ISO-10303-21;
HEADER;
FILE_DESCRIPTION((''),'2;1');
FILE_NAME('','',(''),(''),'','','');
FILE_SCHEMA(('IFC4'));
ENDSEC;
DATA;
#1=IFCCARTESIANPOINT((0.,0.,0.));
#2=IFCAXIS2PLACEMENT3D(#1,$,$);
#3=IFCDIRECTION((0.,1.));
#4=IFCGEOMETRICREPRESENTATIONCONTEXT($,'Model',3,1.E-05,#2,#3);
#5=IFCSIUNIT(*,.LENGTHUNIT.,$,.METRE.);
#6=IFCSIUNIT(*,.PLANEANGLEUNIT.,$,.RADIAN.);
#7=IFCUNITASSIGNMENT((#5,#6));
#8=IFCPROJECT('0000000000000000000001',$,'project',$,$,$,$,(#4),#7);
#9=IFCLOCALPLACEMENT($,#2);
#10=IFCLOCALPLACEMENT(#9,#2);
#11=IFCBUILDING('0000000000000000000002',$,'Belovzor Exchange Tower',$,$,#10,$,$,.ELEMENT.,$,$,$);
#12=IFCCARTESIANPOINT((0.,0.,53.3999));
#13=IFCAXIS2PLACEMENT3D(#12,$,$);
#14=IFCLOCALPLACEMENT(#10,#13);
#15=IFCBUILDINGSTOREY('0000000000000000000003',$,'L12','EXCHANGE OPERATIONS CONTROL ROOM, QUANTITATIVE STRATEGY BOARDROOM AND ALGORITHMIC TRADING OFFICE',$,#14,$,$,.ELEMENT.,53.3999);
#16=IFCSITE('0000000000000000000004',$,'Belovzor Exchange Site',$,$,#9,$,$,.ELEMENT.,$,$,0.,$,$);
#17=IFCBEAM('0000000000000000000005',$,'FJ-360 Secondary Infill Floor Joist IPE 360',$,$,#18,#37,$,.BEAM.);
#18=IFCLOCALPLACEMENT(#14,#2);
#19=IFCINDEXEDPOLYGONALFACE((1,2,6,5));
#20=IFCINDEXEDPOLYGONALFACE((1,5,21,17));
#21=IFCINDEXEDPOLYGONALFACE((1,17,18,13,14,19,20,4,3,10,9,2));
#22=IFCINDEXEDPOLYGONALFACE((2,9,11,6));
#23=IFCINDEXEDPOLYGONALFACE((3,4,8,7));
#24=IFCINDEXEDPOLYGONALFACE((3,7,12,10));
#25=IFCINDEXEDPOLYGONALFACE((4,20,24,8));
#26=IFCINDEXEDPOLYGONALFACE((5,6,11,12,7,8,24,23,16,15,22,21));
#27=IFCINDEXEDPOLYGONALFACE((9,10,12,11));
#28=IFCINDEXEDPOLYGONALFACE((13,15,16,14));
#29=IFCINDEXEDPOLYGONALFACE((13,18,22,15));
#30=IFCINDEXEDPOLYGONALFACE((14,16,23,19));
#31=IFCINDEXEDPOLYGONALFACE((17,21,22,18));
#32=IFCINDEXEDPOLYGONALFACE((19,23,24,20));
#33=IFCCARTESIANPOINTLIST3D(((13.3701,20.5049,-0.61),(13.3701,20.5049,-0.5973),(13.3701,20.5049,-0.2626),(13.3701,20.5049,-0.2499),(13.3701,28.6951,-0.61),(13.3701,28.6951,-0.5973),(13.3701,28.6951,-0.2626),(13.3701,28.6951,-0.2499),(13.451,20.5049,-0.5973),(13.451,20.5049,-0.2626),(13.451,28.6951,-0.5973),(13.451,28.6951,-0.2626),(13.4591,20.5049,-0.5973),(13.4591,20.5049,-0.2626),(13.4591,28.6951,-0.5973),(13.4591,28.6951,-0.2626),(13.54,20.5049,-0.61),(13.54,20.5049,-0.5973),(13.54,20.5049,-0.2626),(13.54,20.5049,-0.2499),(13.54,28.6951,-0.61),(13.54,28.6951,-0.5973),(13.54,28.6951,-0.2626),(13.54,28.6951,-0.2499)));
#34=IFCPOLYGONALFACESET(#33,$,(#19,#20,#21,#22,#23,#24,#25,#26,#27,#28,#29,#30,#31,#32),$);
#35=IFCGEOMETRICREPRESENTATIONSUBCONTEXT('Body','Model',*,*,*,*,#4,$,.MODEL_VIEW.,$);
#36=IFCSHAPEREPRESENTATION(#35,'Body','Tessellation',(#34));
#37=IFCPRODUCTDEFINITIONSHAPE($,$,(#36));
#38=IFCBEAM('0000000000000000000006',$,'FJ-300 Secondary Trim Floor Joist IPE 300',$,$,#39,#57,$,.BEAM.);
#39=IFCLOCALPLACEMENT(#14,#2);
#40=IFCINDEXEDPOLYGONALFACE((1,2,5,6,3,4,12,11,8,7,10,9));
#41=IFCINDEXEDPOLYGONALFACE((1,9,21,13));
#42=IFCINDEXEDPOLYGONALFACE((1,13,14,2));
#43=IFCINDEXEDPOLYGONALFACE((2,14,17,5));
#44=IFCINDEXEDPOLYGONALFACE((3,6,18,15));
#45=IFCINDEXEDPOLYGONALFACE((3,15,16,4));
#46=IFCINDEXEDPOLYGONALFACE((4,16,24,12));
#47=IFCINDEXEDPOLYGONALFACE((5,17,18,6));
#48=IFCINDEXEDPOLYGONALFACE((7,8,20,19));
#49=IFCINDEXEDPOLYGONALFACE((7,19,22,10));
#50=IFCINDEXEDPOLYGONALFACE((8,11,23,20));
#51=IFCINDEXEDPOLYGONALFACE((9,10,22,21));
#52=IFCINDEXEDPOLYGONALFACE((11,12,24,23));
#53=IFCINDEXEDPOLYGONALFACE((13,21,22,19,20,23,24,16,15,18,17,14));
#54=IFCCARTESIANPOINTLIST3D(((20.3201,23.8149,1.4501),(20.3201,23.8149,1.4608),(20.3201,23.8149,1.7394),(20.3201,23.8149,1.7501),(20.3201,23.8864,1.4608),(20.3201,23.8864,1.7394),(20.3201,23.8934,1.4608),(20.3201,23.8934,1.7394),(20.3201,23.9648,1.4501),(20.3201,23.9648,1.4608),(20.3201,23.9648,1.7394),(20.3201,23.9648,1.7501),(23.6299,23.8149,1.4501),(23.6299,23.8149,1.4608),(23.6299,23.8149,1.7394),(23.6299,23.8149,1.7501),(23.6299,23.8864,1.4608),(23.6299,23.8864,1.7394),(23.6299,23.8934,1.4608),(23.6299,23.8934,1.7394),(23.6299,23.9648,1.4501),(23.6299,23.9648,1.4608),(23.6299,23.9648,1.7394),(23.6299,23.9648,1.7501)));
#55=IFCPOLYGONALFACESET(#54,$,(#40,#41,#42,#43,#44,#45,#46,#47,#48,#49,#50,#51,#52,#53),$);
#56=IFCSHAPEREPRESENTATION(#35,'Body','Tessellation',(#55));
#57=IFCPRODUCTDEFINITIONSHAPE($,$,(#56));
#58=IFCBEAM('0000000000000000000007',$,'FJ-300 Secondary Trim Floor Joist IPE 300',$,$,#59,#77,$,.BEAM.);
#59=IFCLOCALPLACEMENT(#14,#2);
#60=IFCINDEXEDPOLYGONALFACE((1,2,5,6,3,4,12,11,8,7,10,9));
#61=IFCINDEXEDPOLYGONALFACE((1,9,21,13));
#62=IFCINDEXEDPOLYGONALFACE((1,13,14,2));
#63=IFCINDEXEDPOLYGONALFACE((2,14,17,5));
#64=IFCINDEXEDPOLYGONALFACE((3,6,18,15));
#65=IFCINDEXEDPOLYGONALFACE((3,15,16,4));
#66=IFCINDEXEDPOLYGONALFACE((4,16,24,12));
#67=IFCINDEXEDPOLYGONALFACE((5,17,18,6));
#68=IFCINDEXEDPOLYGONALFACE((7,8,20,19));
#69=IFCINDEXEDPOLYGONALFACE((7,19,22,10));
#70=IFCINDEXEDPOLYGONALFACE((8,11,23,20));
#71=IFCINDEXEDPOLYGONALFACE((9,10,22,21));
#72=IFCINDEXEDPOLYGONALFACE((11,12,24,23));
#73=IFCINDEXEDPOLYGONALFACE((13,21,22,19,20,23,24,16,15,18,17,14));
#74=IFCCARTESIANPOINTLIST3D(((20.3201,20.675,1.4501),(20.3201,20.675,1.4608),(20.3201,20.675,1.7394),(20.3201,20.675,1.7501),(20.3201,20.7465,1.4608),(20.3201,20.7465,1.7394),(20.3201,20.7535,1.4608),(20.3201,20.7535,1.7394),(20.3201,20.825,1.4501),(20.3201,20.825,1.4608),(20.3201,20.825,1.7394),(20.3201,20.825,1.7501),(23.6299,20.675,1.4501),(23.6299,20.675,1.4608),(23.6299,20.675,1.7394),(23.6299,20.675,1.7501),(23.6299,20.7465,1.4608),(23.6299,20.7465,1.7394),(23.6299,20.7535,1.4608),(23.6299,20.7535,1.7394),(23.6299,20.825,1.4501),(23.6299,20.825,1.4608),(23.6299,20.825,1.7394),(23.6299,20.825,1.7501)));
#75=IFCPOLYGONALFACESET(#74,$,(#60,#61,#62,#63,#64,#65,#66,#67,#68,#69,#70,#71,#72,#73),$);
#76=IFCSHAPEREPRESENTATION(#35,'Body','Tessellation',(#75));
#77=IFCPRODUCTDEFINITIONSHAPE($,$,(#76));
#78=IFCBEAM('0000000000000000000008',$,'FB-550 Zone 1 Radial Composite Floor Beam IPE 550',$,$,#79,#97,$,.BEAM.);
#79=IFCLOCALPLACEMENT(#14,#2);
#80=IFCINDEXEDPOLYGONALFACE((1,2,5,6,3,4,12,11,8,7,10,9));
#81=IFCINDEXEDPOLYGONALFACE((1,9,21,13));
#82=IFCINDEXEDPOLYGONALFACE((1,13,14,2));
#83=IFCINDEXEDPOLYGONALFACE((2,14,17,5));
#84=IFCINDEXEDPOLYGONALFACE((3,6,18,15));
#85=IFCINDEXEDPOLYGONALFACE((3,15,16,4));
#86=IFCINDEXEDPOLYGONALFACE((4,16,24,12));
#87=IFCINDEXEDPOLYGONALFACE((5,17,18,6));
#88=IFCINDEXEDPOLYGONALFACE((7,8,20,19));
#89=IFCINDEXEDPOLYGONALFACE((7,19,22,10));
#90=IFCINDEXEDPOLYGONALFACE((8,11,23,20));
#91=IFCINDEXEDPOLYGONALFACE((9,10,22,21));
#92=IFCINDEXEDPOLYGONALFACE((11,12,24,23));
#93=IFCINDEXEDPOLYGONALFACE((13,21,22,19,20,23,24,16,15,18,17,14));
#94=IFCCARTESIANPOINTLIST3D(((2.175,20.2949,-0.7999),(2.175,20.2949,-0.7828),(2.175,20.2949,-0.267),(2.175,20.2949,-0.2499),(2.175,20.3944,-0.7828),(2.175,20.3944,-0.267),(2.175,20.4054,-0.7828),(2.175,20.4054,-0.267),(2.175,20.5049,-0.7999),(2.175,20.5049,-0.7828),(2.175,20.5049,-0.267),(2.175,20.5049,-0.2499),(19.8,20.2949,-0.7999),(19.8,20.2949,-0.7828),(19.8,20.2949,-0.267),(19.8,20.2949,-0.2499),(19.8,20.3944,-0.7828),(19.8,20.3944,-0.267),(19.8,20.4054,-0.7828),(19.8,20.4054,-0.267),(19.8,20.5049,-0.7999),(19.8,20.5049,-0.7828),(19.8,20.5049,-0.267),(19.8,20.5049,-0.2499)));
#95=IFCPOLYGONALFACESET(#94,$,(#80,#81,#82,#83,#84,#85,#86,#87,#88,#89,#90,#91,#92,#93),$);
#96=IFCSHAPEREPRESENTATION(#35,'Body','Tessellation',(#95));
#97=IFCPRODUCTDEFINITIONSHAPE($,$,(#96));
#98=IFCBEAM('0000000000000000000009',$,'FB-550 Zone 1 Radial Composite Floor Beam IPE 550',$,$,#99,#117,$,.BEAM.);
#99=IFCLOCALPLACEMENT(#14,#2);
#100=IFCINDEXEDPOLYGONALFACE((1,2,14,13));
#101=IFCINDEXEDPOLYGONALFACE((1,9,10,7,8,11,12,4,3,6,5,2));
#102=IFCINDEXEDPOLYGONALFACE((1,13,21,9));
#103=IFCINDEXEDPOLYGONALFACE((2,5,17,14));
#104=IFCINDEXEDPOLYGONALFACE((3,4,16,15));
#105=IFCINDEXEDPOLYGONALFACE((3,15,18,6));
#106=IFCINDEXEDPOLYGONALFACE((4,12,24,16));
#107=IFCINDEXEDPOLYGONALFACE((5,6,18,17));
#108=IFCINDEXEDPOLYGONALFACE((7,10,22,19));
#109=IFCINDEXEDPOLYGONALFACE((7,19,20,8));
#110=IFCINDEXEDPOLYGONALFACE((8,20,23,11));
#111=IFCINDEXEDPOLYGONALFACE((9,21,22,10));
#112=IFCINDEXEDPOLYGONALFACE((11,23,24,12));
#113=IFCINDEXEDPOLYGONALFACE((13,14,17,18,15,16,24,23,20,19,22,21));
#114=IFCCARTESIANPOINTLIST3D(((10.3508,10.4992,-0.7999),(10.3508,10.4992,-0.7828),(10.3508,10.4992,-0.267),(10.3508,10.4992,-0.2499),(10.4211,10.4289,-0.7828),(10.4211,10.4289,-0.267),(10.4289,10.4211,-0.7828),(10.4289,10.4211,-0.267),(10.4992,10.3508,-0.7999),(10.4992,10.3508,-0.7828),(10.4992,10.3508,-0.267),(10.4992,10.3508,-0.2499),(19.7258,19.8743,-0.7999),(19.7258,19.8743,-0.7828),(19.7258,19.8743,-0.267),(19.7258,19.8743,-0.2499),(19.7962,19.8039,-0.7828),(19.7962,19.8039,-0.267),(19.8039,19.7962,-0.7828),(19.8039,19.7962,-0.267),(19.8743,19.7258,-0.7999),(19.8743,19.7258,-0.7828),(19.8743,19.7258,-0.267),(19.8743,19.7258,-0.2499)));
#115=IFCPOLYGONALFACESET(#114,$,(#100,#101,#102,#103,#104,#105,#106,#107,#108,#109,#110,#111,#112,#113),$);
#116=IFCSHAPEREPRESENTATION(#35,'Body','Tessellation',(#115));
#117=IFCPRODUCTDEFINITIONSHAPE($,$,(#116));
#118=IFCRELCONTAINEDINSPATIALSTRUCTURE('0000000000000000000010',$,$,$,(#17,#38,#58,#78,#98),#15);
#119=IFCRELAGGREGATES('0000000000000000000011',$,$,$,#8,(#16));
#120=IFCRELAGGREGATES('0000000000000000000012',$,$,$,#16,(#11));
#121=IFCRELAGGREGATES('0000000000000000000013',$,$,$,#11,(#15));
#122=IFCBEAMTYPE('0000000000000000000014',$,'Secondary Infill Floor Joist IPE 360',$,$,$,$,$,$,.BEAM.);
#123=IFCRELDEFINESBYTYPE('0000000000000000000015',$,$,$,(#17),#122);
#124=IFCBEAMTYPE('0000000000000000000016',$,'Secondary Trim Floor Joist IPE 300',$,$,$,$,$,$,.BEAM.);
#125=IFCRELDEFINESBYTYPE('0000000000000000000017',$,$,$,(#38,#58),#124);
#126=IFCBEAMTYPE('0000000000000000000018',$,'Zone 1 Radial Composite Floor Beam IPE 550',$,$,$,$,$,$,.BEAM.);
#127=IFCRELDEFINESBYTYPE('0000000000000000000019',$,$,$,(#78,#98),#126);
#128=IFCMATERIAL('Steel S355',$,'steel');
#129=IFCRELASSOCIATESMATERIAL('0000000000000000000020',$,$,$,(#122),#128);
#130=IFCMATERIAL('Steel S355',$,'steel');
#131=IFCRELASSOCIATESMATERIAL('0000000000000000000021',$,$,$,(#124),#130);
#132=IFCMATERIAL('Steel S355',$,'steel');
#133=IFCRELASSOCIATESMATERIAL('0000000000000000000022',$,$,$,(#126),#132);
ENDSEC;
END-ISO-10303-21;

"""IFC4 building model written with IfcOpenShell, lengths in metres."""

from ifc_helpers import new_model, si_unit, direction, frame, origin, origin_2d, place, context, subcontext, project, spatial, i_section, extrude, material, material_profile, profile_set, type_object, element, save


model = new_model("IFC4")

# Units and contexts
model_context = context("Model", 3, precision=1e-05, world=origin(), true_north=direction((0.0, 1.0)))
body_context = subcontext(model_context, "Body", "Model", "MODEL_VIEW")
ifc_project = project(units=[si_unit("LENGTHUNIT", "METRE"), si_unit("PLANEANGLEUNIT", "RADIAN")], contexts=[model_context])

# Site, building, storey
site_placement = place(None, origin())
site = spatial("IfcSite", under=ifc_project, at=site_placement, Name="Belovzor Exchange Site", CompositionType="ELEMENT", RefElevation=0.0)
building_placement = place(site_placement, origin())
building = spatial("IfcBuilding", under=site, at=building_placement, Name="Belovzor Exchange Tower", CompositionType="ELEMENT")
storey_placement = place(building_placement, frame((0.0, 0.0, 53.3999)))
storey = spatial("IfcBuildingStorey", under=building, at=storey_placement, Name="L12", Description="EXCHANGE OPERATIONS CONTROL ROOM, QUANTITATIVE STRATEGY BOARDROOM AND ALGORITHMIC TRADING OFFICE", CompositionType="ELEMENT", Elevation=53.3999)

# Beams
ifc_material_1 = material(Name="Steel S355", Category="steel")
ifc_material_profile_1 = material_profile(ifc_material_1, i_section(OverallWidth=0.1699, OverallDepth=0.3601, WebThickness=0.0081, FlangeThickness=0.0127, at=origin_2d()))
ifc_profile_set_1 = profile_set([ifc_material_profile_1], Name="Steel S355")
beam_type_1 = type_object("IfcBeamType", Name="Secondary Infill Floor Joist IPE 360", PredefinedType="BEAM", material=ifc_profile_set_1)
beam_1_placement = place(storey_placement, frame((13.4551, 20.5049, -0.4299), z_axis=(0.0, 1.0, 0.0), x_axis=(-1.0, 0.0, 0.0)))
element("IfcBeam", 1, at=beam_1_placement, inside=storey, type_object=beam_type_1, Name="FJ-360 Secondary Infill Floor Joist IPE 360", PredefinedType="BEAM", context=body_context, shape_type="SweptSolid", body=[
    extrude(i_section(OverallWidth=0.1699, OverallDepth=0.3601, WebThickness=0.0081, FlangeThickness=0.0127, at=origin_2d()), origin(), (0.0, 0.0, 1.0), 8.1902),
])
ifc_material_2 = material(Name="Steel S355", Category="steel")
ifc_material_profile_2 = material_profile(ifc_material_2, i_section(OverallWidth=0.1499, OverallDepth=0.3, WebThickness=0.0071, FlangeThickness=0.0107, at=origin_2d()))
ifc_profile_set_2 = profile_set([ifc_material_profile_2], Name="Steel S355")
beam_type_2 = type_object("IfcBeamType", Name="Secondary Trim Floor Joist IPE 300", PredefinedType="BEAM", material=ifc_profile_set_2)
for number, where, z_axis, x_axis, name in (
    (2, (20.3201, 23.8899, 1.6001), (1.0, 0.0, 0.0), (0.0, 1.0, 0.0), "FJ-300 Secondary Trim Floor Joist IPE 300"),
    (3, (20.3201, 20.75, 1.6001), (1.0, 0.0, 0.0), (0.0, 1.0, 0.0), "FJ-300 Secondary Trim Floor Joist IPE 300"),
):
    element("IfcBeam", number, at=place(storey_placement, frame(where, z_axis=z_axis, x_axis=x_axis)), inside=storey, type_object=beam_type_2, Name=name, PredefinedType="BEAM", context=body_context, shape_type="SweptSolid", body=[
        extrude(i_section(OverallWidth=0.1499, OverallDepth=0.3, WebThickness=0.0071, FlangeThickness=0.0107, at=origin_2d()), origin(), (0.0, 0.0, 1.0), 3.3098),
    ])
ifc_material_3 = material(Name="Steel S355", Category="steel")
ifc_material_profile_3 = material_profile(ifc_material_3, i_section(OverallWidth=0.21, OverallDepth=0.55, WebThickness=0.011, FlangeThickness=0.0171, at=origin_2d()))
ifc_profile_set_3 = profile_set([ifc_material_profile_3], Name="Steel S355")
beam_type_3 = type_object("IfcBeamType", Name="Zone 1 Radial Composite Floor Beam IPE 550", PredefinedType="BEAM", material=ifc_profile_set_3)
beam_2_placement = place(storey_placement, frame((19.8, 20.3999, -0.5249), z_axis=(-1.0, 0.0, 0.0), x_axis=(0.0, -1.0, 0.0)))
element("IfcBeam", 4, at=beam_2_placement, inside=storey, type_object=beam_type_3, Name="FB-550 Zone 1 Radial Composite Floor Beam IPE 550", PredefinedType="BEAM", context=body_context, shape_type="SweptSolid", body=[
    extrude(i_section(OverallWidth=0.21, OverallDepth=0.55, WebThickness=0.011, FlangeThickness=0.0171, at=origin_2d()), origin(), (0.0, 0.0, 1.0), 17.625),
])
beam_3_placement = place(storey_placement, frame((19.8, 19.8, -0.5249), z_axis=(-0.707107, -0.707107, 0.0), x_axis=(0.707107, -0.707107, 0.0)))
element("IfcBeam", 5, at=beam_3_placement, inside=storey, type_object=beam_type_3, Name="FB-550 Zone 1 Radial Composite Floor Beam IPE 550", PredefinedType="BEAM", context=body_context, shape_type="SweptSolid", body=[
    extrude(i_section(OverallWidth=0.21, OverallDepth=0.55, WebThickness=0.011, FlangeThickness=0.0171, at=origin_2d()), origin(), (0.0, 0.0, 1.0), 13.2583),
])

save(model, "model.ifc")
